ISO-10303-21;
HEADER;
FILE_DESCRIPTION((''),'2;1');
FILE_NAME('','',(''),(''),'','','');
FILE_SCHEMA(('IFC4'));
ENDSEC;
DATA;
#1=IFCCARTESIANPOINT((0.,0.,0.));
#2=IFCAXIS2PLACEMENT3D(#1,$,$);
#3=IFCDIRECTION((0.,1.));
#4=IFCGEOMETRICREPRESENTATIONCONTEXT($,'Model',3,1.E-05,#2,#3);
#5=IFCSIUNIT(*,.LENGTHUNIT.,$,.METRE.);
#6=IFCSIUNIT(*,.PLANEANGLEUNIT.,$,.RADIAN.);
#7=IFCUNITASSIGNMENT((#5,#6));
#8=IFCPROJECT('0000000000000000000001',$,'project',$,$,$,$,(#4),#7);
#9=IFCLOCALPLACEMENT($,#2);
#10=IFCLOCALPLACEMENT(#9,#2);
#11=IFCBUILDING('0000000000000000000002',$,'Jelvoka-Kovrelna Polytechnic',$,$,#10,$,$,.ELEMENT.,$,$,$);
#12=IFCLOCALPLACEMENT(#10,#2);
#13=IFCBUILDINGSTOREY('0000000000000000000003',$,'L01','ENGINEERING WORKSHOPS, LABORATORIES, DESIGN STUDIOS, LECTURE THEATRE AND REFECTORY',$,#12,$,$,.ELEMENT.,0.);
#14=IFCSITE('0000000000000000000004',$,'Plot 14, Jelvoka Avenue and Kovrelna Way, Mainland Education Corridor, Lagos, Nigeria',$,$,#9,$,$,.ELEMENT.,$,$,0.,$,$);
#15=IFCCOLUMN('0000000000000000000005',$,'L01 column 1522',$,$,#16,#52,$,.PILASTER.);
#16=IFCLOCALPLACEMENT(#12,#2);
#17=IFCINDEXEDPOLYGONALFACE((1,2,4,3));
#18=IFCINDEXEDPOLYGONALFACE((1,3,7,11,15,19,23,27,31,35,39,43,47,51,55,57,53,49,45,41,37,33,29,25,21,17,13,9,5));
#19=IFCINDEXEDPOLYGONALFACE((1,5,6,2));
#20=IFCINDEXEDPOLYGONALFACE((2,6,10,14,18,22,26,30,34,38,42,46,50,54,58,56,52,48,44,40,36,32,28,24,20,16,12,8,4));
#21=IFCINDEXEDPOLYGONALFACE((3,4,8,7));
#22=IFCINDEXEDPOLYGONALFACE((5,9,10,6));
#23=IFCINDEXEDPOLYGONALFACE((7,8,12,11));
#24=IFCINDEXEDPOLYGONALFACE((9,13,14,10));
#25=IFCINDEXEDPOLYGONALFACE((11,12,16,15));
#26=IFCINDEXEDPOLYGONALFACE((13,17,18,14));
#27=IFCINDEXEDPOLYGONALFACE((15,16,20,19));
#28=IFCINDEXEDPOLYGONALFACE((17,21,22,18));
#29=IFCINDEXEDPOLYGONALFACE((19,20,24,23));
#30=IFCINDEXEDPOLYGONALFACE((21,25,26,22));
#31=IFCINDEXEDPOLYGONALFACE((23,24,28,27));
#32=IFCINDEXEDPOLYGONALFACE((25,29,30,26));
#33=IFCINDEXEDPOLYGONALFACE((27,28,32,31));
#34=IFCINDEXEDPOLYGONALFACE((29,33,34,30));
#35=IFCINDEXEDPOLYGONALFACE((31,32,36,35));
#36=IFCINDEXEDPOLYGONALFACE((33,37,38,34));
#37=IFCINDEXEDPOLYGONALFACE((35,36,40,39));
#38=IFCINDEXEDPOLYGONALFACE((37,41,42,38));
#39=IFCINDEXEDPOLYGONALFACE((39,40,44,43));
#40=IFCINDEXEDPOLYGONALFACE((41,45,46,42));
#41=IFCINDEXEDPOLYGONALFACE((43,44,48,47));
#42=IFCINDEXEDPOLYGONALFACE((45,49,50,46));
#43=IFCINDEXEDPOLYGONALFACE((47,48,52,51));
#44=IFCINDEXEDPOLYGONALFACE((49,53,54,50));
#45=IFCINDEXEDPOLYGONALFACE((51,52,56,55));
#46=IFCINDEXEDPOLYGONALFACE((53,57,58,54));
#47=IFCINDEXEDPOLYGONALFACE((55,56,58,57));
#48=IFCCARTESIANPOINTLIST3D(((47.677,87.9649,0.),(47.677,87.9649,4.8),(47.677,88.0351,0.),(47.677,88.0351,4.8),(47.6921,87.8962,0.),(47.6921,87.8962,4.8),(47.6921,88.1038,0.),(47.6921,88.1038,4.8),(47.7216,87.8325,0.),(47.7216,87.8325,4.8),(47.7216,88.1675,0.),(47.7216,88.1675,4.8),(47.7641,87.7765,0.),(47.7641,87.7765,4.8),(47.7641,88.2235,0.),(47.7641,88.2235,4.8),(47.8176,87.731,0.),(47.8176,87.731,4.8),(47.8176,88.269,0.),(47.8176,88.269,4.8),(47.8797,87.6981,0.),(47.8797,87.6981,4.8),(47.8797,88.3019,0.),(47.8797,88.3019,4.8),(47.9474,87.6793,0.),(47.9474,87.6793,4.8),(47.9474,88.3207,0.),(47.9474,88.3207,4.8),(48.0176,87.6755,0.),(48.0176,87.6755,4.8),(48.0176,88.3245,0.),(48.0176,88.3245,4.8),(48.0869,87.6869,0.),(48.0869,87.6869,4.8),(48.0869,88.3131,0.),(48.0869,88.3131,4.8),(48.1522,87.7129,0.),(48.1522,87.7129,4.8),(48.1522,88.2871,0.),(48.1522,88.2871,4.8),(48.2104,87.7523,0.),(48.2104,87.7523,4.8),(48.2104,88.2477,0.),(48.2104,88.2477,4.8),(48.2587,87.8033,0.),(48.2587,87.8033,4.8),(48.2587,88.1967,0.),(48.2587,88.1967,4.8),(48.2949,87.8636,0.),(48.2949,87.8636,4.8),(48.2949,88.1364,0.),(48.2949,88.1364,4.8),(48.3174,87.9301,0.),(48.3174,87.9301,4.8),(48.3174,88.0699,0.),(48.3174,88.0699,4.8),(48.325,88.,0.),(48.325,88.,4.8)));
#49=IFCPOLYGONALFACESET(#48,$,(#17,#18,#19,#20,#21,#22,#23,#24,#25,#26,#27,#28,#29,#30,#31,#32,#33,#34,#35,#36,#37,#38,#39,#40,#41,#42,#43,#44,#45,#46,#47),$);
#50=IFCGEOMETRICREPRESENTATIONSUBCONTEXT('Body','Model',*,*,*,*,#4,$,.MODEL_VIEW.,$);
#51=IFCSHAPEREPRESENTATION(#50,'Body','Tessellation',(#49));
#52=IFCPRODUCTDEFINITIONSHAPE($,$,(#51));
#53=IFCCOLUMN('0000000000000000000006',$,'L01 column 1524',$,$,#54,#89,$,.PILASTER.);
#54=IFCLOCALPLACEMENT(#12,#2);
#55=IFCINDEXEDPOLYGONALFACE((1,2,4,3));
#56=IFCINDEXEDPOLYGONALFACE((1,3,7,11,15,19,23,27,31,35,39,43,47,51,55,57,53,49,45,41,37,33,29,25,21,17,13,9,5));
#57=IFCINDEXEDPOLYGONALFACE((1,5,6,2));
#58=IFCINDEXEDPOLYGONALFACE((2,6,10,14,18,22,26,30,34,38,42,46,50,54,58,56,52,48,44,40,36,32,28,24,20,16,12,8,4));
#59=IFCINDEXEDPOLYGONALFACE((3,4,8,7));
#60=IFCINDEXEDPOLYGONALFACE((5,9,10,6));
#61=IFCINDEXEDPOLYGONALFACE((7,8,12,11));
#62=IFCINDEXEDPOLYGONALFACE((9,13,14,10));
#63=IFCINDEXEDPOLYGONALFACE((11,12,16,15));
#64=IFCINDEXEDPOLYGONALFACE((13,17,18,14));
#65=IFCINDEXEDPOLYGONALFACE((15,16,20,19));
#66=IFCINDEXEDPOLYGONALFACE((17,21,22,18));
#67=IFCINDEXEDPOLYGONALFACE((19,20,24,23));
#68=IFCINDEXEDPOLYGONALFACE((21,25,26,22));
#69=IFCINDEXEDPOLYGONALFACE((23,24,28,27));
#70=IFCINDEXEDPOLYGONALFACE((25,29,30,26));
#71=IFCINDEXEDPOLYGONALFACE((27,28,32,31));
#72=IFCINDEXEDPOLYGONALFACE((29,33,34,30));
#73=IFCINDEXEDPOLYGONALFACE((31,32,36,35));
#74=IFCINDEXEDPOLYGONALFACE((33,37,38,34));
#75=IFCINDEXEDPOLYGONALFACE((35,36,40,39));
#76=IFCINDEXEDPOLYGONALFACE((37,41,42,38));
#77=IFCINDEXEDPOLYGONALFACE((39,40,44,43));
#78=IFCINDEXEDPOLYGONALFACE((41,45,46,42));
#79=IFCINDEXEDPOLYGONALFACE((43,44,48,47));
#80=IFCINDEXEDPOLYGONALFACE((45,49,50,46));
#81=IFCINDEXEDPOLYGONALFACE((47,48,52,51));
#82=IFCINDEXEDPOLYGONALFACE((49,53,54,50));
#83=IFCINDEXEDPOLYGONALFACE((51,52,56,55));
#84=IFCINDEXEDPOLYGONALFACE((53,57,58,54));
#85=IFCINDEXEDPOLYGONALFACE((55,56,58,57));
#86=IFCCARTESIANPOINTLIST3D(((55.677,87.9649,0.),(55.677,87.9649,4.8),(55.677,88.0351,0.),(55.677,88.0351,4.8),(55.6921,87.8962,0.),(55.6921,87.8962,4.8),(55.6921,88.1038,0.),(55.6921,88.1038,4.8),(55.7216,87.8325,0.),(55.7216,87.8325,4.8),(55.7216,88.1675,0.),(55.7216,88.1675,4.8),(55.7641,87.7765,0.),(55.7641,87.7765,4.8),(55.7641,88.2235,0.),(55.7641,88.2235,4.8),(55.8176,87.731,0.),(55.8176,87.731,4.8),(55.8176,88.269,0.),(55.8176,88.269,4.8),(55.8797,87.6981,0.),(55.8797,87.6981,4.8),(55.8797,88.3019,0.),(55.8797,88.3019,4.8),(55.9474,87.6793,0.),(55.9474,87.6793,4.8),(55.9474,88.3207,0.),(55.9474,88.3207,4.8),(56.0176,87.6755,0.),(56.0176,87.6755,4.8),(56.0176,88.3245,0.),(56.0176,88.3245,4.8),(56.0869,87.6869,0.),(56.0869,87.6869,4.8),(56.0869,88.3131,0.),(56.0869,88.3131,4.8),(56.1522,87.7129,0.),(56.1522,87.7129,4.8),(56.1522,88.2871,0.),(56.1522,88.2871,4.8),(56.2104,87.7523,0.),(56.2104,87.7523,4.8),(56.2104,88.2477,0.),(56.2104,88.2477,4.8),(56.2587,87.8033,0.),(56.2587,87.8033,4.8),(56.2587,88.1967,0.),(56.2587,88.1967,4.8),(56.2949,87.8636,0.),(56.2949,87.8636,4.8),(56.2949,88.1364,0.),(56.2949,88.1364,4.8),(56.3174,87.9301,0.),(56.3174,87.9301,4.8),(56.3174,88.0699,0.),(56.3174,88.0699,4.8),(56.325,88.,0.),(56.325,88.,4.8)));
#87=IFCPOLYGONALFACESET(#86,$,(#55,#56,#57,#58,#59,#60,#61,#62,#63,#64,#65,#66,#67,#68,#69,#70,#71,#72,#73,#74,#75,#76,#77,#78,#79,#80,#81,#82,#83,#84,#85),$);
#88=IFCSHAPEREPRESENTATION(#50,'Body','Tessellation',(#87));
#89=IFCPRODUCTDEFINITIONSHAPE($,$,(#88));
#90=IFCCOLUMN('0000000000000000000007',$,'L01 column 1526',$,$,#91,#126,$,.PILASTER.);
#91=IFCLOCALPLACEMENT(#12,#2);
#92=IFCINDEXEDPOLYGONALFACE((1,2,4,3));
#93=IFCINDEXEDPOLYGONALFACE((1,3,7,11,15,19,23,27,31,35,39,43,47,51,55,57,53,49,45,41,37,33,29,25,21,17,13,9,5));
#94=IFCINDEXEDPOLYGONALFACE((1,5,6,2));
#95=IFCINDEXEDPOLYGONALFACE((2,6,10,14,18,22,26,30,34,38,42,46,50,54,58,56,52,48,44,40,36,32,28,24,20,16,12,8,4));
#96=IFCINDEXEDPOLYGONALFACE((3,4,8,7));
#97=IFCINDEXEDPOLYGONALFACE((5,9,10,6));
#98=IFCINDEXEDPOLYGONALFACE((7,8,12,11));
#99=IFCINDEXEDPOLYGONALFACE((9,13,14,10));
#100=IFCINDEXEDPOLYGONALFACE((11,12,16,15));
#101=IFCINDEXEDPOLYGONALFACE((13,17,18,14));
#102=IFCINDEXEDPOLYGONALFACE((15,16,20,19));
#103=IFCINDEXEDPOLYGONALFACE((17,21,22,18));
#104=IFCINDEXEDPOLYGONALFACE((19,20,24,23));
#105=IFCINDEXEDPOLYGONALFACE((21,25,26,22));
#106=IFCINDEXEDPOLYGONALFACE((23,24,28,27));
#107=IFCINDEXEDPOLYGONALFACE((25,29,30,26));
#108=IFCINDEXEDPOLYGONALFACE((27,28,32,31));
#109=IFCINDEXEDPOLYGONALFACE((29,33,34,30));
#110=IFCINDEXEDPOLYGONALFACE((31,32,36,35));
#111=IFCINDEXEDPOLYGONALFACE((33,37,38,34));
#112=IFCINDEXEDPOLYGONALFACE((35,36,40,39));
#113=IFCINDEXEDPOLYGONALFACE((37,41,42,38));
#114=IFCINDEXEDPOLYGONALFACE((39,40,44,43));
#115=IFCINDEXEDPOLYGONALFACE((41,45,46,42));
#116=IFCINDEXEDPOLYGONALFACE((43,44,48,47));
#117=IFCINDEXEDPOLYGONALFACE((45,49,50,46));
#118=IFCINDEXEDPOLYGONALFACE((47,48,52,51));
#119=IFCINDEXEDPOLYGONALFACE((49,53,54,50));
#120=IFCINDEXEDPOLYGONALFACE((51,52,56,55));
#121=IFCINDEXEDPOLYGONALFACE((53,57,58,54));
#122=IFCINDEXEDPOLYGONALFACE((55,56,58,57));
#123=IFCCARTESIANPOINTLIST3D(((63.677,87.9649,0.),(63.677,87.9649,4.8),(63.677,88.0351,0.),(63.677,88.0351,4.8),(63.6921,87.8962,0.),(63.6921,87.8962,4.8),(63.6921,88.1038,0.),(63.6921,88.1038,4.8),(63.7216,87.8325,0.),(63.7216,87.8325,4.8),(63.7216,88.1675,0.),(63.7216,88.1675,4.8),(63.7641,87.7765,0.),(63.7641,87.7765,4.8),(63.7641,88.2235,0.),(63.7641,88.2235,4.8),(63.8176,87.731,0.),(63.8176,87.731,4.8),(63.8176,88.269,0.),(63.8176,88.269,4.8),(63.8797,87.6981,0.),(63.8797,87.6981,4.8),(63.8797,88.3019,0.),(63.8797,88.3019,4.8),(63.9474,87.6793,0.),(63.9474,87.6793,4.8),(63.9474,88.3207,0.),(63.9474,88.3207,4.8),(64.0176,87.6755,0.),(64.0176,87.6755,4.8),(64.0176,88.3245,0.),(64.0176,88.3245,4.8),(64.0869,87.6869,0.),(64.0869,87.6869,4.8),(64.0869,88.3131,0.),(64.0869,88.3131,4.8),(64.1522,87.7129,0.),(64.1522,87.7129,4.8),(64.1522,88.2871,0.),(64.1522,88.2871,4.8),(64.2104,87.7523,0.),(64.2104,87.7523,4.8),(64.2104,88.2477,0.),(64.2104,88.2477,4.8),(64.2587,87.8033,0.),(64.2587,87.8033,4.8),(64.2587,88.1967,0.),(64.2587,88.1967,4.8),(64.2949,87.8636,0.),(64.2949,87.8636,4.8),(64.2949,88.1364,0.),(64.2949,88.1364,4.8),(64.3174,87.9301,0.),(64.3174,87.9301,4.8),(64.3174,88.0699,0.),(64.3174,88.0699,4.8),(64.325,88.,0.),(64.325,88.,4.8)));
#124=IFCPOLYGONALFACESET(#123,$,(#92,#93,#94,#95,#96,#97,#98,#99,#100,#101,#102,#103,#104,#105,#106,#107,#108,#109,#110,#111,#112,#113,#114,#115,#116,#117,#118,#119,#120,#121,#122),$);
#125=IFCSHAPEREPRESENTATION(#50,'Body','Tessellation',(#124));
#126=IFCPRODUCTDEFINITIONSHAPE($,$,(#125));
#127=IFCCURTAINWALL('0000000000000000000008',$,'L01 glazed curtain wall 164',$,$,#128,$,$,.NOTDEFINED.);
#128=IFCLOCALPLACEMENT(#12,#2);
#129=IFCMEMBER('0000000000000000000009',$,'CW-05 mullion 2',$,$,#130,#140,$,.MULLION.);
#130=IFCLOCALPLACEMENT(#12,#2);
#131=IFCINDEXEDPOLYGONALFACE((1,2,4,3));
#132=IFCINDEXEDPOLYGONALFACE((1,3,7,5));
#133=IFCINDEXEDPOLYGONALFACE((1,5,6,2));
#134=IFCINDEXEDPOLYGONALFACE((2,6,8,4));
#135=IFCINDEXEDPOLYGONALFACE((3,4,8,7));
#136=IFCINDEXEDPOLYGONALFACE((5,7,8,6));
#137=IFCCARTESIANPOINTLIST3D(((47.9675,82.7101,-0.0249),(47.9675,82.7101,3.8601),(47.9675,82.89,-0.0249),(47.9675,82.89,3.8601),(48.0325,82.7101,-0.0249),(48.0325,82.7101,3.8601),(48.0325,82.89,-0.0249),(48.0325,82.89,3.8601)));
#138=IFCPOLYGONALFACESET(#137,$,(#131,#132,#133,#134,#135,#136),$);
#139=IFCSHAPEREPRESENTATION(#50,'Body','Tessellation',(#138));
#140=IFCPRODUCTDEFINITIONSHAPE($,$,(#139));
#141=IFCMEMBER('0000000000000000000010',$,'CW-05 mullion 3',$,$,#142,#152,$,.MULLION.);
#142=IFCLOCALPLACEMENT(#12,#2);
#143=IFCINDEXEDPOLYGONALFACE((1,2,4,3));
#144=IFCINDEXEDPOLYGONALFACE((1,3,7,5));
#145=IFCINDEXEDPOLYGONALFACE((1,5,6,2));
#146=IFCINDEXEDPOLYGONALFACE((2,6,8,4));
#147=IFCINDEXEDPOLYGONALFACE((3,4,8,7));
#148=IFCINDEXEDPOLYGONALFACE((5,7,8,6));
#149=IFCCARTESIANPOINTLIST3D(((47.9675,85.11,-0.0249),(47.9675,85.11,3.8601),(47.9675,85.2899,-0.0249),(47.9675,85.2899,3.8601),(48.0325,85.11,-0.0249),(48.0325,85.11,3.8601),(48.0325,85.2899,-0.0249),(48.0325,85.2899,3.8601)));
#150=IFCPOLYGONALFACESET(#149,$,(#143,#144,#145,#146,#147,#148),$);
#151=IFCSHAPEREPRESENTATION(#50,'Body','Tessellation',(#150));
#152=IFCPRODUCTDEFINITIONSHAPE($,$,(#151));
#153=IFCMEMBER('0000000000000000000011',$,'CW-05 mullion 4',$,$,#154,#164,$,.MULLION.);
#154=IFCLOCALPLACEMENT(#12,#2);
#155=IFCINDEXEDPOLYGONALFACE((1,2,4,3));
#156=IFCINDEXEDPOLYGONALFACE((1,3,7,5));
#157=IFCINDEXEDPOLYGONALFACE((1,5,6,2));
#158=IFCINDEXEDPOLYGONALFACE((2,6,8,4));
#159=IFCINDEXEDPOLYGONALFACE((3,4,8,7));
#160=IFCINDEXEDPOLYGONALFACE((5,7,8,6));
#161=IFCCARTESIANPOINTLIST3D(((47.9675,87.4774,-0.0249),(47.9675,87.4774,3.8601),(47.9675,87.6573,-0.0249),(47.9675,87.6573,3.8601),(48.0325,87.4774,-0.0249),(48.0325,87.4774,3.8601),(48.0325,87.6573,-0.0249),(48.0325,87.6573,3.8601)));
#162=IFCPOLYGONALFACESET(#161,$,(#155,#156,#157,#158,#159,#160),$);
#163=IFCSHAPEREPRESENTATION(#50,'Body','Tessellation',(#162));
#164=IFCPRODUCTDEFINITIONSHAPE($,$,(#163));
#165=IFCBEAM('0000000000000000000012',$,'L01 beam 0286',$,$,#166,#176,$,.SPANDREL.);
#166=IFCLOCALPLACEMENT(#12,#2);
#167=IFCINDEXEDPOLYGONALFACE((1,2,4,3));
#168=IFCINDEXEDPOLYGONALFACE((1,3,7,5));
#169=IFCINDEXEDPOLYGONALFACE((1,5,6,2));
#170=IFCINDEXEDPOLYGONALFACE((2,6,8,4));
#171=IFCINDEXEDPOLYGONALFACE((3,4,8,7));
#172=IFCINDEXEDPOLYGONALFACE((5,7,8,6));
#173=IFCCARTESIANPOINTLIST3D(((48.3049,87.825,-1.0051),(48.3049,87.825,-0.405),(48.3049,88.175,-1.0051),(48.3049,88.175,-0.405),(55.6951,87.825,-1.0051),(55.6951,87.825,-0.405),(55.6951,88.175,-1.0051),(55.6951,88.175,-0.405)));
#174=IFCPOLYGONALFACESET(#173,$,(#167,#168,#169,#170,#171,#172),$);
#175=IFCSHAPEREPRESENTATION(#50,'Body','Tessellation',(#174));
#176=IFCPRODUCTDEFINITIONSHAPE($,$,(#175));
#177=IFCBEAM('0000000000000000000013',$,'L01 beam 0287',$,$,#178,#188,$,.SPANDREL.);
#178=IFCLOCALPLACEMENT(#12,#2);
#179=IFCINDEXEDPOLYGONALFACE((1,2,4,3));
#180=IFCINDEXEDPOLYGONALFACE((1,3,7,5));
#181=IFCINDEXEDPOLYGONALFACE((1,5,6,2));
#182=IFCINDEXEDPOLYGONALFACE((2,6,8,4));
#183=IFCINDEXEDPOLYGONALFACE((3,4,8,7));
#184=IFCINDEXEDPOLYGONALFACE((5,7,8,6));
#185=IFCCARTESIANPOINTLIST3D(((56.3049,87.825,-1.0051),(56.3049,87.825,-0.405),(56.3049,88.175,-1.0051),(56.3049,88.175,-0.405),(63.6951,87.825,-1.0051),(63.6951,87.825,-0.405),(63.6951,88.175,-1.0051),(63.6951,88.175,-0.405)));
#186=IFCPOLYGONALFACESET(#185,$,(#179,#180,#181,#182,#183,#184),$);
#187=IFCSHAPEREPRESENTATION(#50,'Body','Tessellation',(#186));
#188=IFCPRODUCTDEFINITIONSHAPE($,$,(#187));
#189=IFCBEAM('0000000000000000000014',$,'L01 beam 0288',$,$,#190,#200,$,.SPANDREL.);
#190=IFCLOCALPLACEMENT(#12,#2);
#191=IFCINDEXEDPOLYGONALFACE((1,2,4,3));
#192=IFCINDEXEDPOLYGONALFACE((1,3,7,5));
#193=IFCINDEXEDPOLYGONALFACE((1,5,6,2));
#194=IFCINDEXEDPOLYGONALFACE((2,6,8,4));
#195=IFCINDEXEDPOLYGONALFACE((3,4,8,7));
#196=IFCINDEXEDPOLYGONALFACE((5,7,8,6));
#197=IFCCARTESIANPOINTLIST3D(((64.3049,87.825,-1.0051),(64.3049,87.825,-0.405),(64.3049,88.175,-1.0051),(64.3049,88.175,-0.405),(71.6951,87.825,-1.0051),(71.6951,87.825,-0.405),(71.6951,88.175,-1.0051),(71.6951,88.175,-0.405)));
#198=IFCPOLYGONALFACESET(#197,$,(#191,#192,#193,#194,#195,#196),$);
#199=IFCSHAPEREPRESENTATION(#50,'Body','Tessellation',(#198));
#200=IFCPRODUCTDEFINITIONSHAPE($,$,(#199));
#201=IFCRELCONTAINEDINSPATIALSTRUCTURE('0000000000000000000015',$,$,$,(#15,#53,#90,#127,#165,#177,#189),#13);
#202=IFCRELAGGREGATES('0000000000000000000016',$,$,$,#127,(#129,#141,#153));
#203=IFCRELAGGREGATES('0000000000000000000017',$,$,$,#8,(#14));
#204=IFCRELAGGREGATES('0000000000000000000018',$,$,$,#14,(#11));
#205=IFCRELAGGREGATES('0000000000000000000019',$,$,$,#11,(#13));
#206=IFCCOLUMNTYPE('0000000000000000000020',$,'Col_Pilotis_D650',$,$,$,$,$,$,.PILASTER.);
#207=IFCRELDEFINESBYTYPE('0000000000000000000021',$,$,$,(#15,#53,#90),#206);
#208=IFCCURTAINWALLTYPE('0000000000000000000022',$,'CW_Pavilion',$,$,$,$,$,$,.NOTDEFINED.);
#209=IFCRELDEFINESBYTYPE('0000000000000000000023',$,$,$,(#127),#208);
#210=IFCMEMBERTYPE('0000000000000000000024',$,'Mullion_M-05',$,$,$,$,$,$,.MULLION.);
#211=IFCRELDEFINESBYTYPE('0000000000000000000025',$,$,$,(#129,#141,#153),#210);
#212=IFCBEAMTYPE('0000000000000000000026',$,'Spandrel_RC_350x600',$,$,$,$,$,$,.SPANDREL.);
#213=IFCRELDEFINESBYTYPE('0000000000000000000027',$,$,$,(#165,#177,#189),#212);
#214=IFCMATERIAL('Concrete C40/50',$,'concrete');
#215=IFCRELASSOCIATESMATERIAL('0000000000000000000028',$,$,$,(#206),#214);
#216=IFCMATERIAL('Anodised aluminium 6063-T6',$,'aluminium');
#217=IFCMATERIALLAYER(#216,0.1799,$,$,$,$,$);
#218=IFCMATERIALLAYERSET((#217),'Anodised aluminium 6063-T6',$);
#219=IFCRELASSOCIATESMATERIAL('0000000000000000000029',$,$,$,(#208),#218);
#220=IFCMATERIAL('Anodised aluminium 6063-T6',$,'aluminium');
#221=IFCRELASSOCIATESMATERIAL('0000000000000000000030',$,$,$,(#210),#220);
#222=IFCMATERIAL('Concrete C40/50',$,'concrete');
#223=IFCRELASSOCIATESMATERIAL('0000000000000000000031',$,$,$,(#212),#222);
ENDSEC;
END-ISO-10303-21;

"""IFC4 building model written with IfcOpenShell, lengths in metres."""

from ifc_helpers import new_model, si_unit, direction, frame, origin, origin_2d, place, context, subcontext, project, spatial, rectangle, circle, extrude, material, layer, layer_set, material_profile, profile_set, type_object, element, aggregate, save


model = new_model("IFC4")

# Units and contexts
model_context = context("Model", 3, precision=1e-05, world=origin(), true_north=direction((0.0, 1.0)))
body_context = subcontext(model_context, "Body", "Model", "MODEL_VIEW")
ifc_project = project(units=[si_unit("LENGTHUNIT", "METRE"), si_unit("PLANEANGLEUNIT", "RADIAN")], contexts=[model_context])

# Site, building, storey
site_placement = place(None, origin())
site = spatial("IfcSite", under=ifc_project, at=site_placement, Name="Plot 14, Jelvoka Avenue and Kovrelna Way, Mainland Education Corridor, Lagos, Nigeria", CompositionType="ELEMENT", RefElevation=0.0)
building_placement = place(site_placement, origin())
building = spatial("IfcBuilding", under=site, at=building_placement, Name="Jelvoka-Kovrelna Polytechnic", CompositionType="ELEMENT")
storey_placement = place(building_placement, origin())
storey = spatial("IfcBuildingStorey", under=building, at=storey_placement, Name="L01", Description="ENGINEERING WORKSHOPS, LABORATORIES, DESIGN STUDIOS, LECTURE THEATRE AND REFECTORY", CompositionType="ELEMENT", Elevation=0.0)

# Columns
ifc_material_1 = material(Name="Concrete C40/50", Category="concrete")
ifc_material_profile_1 = material_profile(ifc_material_1, circle(Radius=0.325, at=origin_2d()), Name="RC D650")
ifc_profile_set_1 = profile_set([ifc_material_profile_1], Name="Concrete C40/50")
column_type = type_object("IfcColumnType", Name="Col_Pilotis_D650", PredefinedType="PILASTER", material=ifc_profile_set_1)
for number, where, z_axis, x_axis, name in (
    (1, (48.0, 88.0, 0.0), (0.0, 0.0, 1.0), (1.0, 0.0, 0.0), "L01 column 1522"),
    (2, (56.0, 88.0, 0.0), (0.0, 0.0, 1.0), (1.0, 0.0, 0.0), "L01 column 1524"),
    (3, (64.0, 88.0, 0.0), (0.0, 0.0, 1.0), (1.0, 0.0, 0.0), "L01 column 1526"),
):
    element("IfcColumn", number, at=place(storey_placement, frame(where, z_axis=z_axis, x_axis=x_axis)), inside=storey, type_object=column_type, Name=name, PredefinedType="PILASTER", context=body_context, shape_type="SweptSolid", body=[
        extrude(circle(Radius=0.325, at=origin_2d()), origin(), (0.0, 0.0, 1.0), 4.8),
    ])

# Curtain wall, members
ifc_material_2 = material(Name="Anodised aluminium 6063-T6", Category="aluminium")
ifc_layer_1 = layer(ifc_material_2, 0.1799)
ifc_layer_set_1 = layer_set([ifc_layer_1], Name="Anodised aluminium 6063-T6")
curtain_wall_type = type_object("IfcCurtainWallType", Name="CW_Pavilion", PredefinedType="NOTDEFINED", material=ifc_layer_set_1)
curtain_wall_placement = place(storey_placement, origin())
curtain_wall = element("IfcCurtainWall", 4, at=curtain_wall_placement, inside=storey, type_object=curtain_wall_type, Name="L01 glazed curtain wall 164", PredefinedType="NOTDEFINED")
ifc_material_3 = material(Name="Anodised aluminium 6063-T6", Category="aluminium")
ifc_material_profile_2 = material_profile(ifc_material_3, rectangle(XDim=0.0649, YDim=0.1799, at=origin_2d()), Name="ALU 65x180")
ifc_profile_set_2 = profile_set([ifc_material_profile_2], Name="Anodised aluminium 6063-T6")
member_type_1 = type_object("IfcMemberType", Name="Mullion_M-05", PredefinedType="MULLION", material=ifc_profile_set_2)
member_1_placement = place(storey_placement, frame((48.0, 82.8, -0.0249), z_axis=(0.0, 0.0, 1.0), x_axis=(-1.0, 0.0, 0.0)))
member_1 = element("IfcMember", 5, at=member_1_placement, type_object=member_type_1, Name="CW-05 mullion 2", PredefinedType="MULLION", context=body_context, shape_type="SweptSolid", body=[
    extrude(rectangle(XDim=0.0649, YDim=0.1799, at=origin_2d()), origin(), (0.0, 0.0, 1.0), 3.885),
])
member_2_placement = place(storey_placement, frame((48.0, 85.2, -0.0249), z_axis=(0.0, 0.0, 1.0), x_axis=(-1.0, 0.0, 0.0)))
member_2 = element("IfcMember", 6, at=member_2_placement, type_object=member_type_1, Name="CW-05 mullion 3", PredefinedType="MULLION", context=body_context, shape_type="SweptSolid", body=[
    extrude(rectangle(XDim=0.0649, YDim=0.1799, at=origin_2d()), origin(), (0.0, 0.0, 1.0), 3.885),
])
member_3_placement = place(storey_placement, frame((48.0, 87.5674, -0.0249), z_axis=(0.0, 0.0, 1.0), x_axis=(-1.0, 0.0, 0.0)))
member_3 = element("IfcMember", 7, at=member_3_placement, type_object=member_type_1, Name="CW-05 mullion 4", PredefinedType="MULLION", context=body_context, shape_type="SweptSolid", body=[
    extrude(rectangle(XDim=0.0649, YDim=0.1799, at=origin_2d()), origin(), (0.0, 0.0, 1.0), 3.885),
])

# Beams
ifc_material_4 = material(Name="Concrete C40/50", Category="concrete")
ifc_material_profile_3 = material_profile(ifc_material_4, rectangle(XDim=0.3501, YDim=0.6001, at=origin_2d()), Name="RC 350x600")
ifc_profile_set_3 = profile_set([ifc_material_profile_3], Name="Concrete C40/50")
beam_type = type_object("IfcBeamType", Name="Spandrel_RC_350x600", PredefinedType="SPANDREL", material=ifc_profile_set_3)
for number, where, z_axis, x_axis, name in (
    (8, (48.3049, 88.0, -0.7051), (1.0, 0.0, 0.0), (0.0, 1.0, 0.0), "L01 beam 0286"),
    (9, (56.3049, 88.0, -0.7051), (1.0, 0.0, 0.0), (0.0, 1.0, 0.0), "L01 beam 0287"),
    (10, (64.3049, 88.0, -0.7051), (1.0, 0.0, 0.0), (0.0, 1.0, 0.0), "L01 beam 0288"),
):
    element("IfcBeam", number, at=place(storey_placement, frame(where, z_axis=z_axis, x_axis=x_axis)), inside=storey, type_object=beam_type, Name=name, PredefinedType="SPANDREL", context=body_context, shape_type="SweptSolid", body=[
        extrude(rectangle(XDim=0.3501, YDim=0.6001, at=origin_2d()), origin(), (0.0, 0.0, 1.0), 7.3901),
    ])

aggregate(curtain_wall, [member_1, member_2, member_3])

save(model, "model.ifc")
